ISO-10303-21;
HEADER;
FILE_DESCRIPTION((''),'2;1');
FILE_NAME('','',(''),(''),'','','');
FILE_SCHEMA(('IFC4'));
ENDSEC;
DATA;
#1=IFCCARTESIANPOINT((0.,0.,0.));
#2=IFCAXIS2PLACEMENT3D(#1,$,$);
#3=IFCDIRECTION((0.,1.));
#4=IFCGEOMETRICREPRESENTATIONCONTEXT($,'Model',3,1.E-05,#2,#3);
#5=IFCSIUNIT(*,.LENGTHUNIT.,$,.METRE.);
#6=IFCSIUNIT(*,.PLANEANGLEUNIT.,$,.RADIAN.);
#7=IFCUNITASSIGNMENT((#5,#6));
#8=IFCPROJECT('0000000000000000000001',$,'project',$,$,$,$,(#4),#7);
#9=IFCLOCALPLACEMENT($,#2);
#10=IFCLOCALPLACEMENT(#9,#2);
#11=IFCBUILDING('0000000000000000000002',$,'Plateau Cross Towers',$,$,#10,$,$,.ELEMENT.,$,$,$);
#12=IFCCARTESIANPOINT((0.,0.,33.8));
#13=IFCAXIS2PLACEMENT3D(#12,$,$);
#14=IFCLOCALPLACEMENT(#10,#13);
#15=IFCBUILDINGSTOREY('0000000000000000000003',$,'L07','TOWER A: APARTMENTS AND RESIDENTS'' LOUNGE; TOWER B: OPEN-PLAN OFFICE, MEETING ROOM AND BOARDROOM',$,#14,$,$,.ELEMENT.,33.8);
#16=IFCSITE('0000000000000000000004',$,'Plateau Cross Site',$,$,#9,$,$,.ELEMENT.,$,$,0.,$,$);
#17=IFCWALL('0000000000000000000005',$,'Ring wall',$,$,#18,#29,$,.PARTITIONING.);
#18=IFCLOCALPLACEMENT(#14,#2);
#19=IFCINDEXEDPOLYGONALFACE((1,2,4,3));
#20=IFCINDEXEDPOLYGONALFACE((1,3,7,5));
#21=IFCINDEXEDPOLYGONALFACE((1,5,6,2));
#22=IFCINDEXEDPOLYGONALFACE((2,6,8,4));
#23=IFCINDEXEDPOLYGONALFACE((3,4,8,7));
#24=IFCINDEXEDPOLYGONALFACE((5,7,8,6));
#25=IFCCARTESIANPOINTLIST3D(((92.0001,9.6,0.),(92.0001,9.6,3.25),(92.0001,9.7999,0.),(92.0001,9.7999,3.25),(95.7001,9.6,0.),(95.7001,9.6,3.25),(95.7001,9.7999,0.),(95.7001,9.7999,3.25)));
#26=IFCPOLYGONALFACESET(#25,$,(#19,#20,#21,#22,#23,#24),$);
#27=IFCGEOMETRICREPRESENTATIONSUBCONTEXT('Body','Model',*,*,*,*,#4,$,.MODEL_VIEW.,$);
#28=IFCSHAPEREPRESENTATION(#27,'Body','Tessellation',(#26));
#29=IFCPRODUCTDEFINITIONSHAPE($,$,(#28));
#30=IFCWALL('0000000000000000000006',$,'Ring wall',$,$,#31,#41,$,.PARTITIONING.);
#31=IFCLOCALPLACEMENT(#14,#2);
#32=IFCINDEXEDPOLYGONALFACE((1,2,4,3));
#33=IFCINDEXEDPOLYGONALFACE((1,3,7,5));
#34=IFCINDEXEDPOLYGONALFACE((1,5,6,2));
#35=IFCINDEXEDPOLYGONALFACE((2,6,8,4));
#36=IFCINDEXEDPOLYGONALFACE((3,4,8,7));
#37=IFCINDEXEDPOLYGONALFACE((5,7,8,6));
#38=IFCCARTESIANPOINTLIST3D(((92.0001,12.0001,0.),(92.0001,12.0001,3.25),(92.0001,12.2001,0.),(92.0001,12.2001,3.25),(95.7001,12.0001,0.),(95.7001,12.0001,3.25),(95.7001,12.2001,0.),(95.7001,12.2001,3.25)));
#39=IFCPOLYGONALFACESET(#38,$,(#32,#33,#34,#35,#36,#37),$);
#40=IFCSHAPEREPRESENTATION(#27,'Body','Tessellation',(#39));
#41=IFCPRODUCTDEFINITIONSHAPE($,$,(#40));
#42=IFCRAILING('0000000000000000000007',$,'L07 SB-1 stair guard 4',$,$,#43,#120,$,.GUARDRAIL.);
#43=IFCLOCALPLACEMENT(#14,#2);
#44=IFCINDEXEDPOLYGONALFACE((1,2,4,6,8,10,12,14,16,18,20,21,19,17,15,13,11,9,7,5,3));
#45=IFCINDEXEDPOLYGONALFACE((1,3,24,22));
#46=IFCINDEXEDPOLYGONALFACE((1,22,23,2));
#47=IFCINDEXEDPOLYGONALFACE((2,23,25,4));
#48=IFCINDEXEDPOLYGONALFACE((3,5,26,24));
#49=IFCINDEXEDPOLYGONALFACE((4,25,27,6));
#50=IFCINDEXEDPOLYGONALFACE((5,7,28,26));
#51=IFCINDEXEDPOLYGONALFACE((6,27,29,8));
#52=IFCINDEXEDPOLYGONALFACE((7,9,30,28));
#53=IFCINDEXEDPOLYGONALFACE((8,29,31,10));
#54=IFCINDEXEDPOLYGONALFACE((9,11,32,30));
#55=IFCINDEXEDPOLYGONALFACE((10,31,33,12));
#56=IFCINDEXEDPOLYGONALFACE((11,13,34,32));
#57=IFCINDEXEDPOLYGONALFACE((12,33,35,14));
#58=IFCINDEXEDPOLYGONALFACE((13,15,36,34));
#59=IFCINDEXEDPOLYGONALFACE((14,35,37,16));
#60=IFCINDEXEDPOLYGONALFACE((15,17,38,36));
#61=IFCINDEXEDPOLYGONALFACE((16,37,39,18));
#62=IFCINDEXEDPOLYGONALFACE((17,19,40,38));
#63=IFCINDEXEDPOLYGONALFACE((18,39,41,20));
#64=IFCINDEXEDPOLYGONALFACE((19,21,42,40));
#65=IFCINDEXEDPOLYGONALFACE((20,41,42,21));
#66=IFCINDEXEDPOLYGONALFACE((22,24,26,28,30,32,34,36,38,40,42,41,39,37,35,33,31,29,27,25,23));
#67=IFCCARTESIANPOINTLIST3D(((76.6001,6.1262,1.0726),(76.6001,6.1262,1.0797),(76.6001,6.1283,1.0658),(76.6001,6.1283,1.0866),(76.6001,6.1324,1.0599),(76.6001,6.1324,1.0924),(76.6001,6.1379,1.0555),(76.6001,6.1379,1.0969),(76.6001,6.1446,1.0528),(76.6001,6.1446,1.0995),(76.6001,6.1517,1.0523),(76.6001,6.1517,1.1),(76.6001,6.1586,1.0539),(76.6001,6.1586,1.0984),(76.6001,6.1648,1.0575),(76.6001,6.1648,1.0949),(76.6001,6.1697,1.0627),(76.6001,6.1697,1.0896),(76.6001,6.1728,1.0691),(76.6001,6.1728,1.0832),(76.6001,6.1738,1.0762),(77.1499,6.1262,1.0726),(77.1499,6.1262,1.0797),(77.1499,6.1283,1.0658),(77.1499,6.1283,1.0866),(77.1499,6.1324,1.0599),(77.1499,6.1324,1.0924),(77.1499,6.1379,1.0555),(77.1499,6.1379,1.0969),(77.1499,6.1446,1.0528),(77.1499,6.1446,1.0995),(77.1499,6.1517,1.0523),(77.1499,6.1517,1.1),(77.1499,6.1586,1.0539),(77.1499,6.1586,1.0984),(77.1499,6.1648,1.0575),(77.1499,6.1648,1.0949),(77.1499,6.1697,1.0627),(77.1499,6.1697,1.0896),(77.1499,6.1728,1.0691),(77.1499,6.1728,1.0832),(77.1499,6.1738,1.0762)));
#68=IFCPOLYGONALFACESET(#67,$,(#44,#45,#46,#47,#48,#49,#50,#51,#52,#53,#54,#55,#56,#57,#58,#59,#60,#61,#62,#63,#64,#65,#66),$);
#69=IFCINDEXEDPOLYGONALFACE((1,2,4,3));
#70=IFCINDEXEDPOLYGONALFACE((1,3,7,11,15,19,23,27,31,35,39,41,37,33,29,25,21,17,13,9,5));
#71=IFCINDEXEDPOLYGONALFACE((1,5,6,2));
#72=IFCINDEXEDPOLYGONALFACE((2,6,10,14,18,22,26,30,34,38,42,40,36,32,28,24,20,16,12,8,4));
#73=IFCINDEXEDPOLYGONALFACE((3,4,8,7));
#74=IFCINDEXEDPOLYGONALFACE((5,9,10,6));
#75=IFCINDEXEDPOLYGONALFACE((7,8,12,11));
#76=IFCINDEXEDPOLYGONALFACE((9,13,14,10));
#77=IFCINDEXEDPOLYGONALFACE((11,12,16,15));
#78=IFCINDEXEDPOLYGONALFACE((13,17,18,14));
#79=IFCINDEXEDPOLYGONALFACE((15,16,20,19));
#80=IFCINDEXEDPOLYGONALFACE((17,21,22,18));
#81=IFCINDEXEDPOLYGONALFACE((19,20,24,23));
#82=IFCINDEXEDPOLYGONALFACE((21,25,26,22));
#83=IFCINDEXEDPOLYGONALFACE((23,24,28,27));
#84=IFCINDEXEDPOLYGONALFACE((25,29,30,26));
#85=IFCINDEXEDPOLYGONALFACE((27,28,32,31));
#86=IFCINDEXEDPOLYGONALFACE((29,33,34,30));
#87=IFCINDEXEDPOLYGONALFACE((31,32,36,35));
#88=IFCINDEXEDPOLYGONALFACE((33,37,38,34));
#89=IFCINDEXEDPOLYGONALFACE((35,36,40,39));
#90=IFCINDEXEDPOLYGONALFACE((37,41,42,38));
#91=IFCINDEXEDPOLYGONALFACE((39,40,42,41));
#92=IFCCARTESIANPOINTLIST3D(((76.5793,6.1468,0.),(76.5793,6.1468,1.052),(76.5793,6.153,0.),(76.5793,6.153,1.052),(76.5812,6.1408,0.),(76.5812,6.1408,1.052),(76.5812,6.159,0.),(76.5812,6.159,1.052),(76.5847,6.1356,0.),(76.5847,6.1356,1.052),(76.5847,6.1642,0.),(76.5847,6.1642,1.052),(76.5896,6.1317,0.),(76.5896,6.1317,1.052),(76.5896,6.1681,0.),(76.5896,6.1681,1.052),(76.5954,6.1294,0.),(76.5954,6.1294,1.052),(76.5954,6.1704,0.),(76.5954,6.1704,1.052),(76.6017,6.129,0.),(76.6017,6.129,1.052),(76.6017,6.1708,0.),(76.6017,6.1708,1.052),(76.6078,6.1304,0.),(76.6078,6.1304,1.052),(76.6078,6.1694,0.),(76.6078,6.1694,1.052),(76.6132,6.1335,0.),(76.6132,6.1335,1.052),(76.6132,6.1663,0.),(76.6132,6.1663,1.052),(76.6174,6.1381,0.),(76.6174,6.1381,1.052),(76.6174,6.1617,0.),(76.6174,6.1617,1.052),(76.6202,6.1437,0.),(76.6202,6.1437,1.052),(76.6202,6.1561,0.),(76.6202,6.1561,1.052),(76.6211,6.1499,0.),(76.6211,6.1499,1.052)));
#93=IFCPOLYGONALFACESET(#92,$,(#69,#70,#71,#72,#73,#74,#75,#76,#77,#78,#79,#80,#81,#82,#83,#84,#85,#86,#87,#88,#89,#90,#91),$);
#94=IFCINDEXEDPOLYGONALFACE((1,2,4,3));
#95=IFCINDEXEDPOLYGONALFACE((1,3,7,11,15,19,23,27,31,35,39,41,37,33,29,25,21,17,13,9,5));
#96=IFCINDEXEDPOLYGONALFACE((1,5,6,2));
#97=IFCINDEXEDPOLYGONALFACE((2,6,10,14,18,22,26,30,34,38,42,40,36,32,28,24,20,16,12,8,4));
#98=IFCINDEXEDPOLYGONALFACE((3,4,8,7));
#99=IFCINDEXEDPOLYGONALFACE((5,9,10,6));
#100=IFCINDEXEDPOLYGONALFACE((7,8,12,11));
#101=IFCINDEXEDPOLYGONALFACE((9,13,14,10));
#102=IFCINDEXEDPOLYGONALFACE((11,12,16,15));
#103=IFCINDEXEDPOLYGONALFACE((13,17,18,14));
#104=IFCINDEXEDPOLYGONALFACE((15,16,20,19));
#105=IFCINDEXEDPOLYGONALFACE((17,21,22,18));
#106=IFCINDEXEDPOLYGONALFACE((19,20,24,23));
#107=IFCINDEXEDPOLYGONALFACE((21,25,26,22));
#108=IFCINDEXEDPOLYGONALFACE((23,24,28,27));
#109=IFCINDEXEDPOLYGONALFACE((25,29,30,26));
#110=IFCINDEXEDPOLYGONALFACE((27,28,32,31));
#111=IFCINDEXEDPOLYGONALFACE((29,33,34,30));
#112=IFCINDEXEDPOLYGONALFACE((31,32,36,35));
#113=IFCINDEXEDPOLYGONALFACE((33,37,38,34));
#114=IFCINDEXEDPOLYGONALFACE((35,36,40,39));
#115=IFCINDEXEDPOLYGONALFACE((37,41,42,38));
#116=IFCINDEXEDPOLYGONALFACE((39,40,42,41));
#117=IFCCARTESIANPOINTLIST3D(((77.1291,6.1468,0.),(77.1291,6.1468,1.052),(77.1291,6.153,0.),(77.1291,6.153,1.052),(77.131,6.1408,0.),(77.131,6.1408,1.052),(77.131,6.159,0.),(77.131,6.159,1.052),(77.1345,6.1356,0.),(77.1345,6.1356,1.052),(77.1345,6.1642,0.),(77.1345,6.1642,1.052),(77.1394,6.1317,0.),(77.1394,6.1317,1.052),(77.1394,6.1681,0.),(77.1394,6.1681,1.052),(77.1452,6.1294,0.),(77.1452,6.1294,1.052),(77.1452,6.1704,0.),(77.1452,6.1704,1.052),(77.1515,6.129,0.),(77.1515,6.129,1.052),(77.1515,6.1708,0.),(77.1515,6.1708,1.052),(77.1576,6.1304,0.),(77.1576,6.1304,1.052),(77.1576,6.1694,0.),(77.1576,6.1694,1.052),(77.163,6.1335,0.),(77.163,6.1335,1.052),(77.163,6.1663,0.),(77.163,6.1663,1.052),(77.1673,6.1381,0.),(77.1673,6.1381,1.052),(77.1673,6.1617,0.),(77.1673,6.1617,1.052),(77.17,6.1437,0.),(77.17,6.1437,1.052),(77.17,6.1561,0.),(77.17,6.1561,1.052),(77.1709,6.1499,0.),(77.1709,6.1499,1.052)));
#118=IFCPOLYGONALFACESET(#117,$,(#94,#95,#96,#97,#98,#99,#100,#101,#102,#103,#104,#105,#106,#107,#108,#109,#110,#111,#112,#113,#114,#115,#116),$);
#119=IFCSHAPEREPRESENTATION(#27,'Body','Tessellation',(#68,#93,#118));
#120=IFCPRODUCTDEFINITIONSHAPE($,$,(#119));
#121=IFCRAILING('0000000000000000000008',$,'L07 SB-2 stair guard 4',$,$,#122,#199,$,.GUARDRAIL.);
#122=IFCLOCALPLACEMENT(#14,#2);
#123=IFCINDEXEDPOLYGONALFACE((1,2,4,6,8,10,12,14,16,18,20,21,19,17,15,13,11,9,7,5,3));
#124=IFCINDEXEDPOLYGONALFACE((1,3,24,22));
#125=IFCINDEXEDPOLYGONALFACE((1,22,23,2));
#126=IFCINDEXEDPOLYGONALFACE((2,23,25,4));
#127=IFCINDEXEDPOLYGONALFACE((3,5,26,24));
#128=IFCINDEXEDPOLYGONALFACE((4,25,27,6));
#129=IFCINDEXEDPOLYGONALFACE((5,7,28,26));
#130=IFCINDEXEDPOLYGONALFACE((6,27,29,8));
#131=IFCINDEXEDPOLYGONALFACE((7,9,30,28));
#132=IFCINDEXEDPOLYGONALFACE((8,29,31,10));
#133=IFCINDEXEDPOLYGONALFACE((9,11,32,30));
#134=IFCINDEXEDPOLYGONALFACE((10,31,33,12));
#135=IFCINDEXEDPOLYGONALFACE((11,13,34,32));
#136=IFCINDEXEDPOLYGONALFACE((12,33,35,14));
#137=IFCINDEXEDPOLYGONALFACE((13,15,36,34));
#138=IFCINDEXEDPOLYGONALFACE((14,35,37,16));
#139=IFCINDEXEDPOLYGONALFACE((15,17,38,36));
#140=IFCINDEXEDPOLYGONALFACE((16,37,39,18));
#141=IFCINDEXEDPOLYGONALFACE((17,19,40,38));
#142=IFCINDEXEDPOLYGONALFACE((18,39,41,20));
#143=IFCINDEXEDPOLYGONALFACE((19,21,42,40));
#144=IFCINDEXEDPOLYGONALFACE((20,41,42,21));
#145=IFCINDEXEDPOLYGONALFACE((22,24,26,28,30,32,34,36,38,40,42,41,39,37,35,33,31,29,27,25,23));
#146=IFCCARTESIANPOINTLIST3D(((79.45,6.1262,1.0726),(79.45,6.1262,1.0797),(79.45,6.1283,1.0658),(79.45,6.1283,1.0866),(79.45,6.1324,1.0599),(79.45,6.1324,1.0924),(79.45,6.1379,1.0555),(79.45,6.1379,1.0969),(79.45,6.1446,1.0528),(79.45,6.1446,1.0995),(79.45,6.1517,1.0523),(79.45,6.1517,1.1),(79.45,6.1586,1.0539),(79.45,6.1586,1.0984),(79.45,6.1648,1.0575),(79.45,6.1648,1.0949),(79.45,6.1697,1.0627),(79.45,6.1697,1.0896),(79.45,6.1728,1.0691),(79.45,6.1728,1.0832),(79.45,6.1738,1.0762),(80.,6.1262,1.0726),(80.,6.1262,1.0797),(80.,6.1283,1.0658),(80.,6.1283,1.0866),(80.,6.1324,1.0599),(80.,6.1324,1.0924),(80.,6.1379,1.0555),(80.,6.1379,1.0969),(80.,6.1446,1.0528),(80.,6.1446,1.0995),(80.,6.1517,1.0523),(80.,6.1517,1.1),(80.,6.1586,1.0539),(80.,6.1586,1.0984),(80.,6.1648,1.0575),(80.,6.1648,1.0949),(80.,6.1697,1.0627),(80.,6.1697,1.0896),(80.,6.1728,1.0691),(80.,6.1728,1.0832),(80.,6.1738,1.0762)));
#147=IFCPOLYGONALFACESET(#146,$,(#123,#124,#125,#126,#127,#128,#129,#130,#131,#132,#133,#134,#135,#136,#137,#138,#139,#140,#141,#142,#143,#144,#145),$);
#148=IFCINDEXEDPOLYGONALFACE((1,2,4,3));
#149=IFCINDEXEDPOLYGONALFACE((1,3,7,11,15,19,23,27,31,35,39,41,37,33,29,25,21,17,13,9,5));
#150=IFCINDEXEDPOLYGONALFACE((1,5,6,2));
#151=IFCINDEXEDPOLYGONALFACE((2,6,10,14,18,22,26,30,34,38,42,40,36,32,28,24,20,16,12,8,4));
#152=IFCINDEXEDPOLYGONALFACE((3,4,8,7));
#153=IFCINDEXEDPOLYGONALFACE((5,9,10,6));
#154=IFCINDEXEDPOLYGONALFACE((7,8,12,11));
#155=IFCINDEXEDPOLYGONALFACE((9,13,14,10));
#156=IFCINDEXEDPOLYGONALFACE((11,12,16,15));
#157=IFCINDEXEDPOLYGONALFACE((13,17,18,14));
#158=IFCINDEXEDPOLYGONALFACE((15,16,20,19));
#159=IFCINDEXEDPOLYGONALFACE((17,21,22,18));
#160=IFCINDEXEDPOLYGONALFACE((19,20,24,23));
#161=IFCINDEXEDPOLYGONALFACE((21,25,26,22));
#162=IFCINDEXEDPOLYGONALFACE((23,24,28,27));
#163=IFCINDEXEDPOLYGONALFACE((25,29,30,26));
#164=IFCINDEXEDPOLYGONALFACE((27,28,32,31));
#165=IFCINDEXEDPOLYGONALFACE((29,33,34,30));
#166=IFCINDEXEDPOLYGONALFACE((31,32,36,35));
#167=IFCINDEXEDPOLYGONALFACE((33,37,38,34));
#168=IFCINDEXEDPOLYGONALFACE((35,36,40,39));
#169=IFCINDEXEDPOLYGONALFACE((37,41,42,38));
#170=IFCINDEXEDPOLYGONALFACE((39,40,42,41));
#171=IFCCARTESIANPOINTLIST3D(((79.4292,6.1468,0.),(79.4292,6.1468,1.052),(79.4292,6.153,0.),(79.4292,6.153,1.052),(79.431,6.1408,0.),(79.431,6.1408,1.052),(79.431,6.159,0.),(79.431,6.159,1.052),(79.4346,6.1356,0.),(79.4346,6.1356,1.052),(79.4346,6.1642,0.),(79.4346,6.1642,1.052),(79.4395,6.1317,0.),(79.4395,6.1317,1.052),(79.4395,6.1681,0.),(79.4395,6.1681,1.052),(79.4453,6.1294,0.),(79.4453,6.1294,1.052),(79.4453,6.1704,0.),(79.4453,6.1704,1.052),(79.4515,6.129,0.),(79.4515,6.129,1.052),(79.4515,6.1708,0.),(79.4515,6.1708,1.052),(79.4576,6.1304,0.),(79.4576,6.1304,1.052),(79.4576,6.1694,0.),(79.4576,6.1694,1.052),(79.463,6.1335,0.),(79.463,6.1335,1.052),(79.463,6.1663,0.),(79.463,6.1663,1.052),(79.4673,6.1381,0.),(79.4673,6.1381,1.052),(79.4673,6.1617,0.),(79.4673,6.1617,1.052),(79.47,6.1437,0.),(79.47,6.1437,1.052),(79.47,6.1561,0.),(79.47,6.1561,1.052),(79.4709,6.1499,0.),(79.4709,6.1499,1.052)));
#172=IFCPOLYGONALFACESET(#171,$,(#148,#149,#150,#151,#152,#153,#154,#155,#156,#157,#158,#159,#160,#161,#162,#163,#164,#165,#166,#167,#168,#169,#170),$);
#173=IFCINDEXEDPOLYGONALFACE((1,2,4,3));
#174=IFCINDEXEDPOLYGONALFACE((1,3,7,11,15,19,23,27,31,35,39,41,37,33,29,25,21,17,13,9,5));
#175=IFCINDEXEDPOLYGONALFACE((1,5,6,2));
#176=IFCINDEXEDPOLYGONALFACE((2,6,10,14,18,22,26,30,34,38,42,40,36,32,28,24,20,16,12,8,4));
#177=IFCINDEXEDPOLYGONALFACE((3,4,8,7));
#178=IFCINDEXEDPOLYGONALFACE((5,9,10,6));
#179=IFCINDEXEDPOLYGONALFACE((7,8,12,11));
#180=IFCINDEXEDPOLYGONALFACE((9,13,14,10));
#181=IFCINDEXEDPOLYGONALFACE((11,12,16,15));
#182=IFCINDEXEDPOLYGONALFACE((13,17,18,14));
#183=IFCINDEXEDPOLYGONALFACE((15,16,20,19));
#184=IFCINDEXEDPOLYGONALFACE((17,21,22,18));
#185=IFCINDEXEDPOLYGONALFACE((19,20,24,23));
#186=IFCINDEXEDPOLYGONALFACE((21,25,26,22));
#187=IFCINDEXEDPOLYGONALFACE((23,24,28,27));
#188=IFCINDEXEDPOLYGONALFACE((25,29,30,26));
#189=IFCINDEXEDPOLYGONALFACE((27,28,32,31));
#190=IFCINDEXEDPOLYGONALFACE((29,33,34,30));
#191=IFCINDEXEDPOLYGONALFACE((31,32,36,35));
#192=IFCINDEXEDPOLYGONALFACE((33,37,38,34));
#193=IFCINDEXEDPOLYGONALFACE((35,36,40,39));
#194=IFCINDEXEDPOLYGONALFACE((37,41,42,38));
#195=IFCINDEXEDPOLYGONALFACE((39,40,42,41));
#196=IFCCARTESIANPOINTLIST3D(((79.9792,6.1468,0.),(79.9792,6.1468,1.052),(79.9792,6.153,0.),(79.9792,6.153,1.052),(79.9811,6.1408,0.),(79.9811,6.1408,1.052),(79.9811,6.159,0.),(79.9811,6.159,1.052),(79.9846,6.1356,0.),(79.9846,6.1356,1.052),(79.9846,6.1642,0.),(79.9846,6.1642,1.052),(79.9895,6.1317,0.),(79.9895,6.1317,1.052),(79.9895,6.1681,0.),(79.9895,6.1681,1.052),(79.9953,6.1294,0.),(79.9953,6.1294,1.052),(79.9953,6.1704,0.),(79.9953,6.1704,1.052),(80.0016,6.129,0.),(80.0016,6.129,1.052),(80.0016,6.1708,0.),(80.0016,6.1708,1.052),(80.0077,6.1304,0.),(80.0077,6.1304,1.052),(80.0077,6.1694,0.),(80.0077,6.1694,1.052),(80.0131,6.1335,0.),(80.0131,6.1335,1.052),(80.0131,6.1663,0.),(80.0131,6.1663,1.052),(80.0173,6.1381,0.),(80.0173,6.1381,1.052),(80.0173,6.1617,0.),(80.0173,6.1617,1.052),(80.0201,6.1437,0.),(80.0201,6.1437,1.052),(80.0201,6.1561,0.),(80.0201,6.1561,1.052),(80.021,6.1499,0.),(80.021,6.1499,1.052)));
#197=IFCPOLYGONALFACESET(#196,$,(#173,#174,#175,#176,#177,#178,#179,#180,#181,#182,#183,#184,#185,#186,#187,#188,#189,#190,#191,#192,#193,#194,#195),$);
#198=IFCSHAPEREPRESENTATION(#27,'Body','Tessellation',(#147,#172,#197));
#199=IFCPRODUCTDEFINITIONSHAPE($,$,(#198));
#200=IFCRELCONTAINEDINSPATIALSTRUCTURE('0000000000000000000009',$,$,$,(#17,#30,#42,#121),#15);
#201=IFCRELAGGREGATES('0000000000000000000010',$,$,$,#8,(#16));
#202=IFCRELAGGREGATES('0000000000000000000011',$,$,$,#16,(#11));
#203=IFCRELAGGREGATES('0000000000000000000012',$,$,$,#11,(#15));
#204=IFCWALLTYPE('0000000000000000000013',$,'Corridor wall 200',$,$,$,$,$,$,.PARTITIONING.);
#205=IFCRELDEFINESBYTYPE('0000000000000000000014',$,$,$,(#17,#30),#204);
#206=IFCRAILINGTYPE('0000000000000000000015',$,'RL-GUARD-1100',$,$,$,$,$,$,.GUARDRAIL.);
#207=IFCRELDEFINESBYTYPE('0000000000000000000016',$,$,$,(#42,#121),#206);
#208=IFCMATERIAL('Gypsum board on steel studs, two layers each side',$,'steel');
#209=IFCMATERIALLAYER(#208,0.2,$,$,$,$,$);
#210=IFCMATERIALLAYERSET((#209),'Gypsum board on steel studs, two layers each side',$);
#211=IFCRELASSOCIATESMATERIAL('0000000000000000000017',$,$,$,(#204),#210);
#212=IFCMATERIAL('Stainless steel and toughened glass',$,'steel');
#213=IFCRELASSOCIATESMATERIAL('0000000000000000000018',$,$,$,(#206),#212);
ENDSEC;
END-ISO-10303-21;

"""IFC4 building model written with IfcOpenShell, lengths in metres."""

from ifc_helpers import new_model, si_unit, direction, frame, frame_2d, origin, origin_2d, place, context, subcontext, project, spatial, rectangle, circle, extrude, material, layer, layer_set, type_object, element, save


model = new_model("IFC4")

# Units and contexts
model_context = context("Model", 3, precision=1e-05, world=origin(), true_north=direction((0.0, 1.0)))
body_context = subcontext(model_context, "Body", "Model", "MODEL_VIEW")
ifc_project = project(units=[si_unit("LENGTHUNIT", "METRE"), si_unit("PLANEANGLEUNIT", "RADIAN")], contexts=[model_context])

# Site, building, storey
site_placement = place(None, origin())
site = spatial("IfcSite", under=ifc_project, at=site_placement, Name="Plateau Cross Site", CompositionType="ELEMENT", RefElevation=0.0)
building_placement = place(site_placement, origin())
building = spatial("IfcBuilding", under=site, at=building_placement, Name="Plateau Cross Towers", CompositionType="ELEMENT")
storey_placement = place(building_placement, frame((0.0, 0.0, 33.8)))
storey = spatial("IfcBuildingStorey", under=building, at=storey_placement, Name="L07", Description="TOWER A: APARTMENTS AND RESIDENTS' LOUNGE; TOWER B: OPEN-PLAN OFFICE, MEETING ROOM AND BOARDROOM", CompositionType="ELEMENT", Elevation=33.8)

# Shared definitions
ifc_material_1 = material(Name="Gypsum board on steel studs, two layers each side", Category="steel")
ifc_layer_1 = layer(ifc_material_1, 0.2)
ifc_layer_set_1 = layer_set([ifc_layer_1], Name="Gypsum board on steel studs, two layers each side")
wall_type_1 = type_object("IfcWallType", Name="Corridor wall 200", PredefinedType="PARTITIONING", material=ifc_layer_set_1)

# Walls
for number, where, z_axis, x_axis, name in (
    (1, (92.0, 9.7, 0.0), (0.0, 0.0, 1.0), (1.0, 0.0, 0.0), "Ring wall"),
    (2, (92.0, 12.1001, 0.0), (0.0, 0.0, 1.0), (1.0, 0.0, 0.0), "Ring wall"),
):
    element("IfcWall", number, at=place(storey_placement, frame(where, z_axis=z_axis, x_axis=x_axis)), inside=storey, type_object=wall_type_1, Name=name, PredefinedType="PARTITIONING", context=body_context, shape_type="SweptSolid", body=[
        extrude(rectangle(XDim=3.7, YDim=0.2, at=frame_2d((1.8501, 0.0))), origin(), (0.0, 0.0, 1.0), 3.25),
    ])

# Railings
ifc_material_2 = material(Name="Stainless steel and toughened glass", Category="steel")
railing_type = type_object("IfcRailingType", Name="RL-GUARD-1100", PredefinedType="GUARDRAIL", material=ifc_material_2)
railing_1_placement = place(storey_placement, frame((76.6001, 6.1499, 0.0)))
element("IfcRailing", 3, at=railing_1_placement, inside=storey, type_object=railing_type, Name="L07 SB-1 stair guard 4", PredefinedType="GUARDRAIL", context=body_context, shape_type="SweptSolid", body=[
    extrude(circle(Radius=0.0239, at=origin_2d()), frame((0.0, 0.0, 1.0762), z_axis=(1.0, 0.0, 0.0), x_axis=(0.0, 1.0, 0.0)), (0.0, 0.0, 1.0), 0.5498),
    extrude(circle(Radius=0.021, at=origin_2d()), origin(), (0.0, 0.0, 1.0), 1.052),
    extrude(circle(Radius=0.021, at=origin_2d()), frame((0.5498, 0.0, 0.0)), (0.0, 0.0, 1.0), 1.052),
])
railing_2_placement = place(storey_placement, frame((79.45, 6.1499, 0.0)))
element("IfcRailing", 4, at=railing_2_placement, inside=storey, type_object=railing_type, Name="L07 SB-2 stair guard 4", PredefinedType="GUARDRAIL", context=body_context, shape_type="SweptSolid", body=[
    extrude(circle(Radius=0.0239, at=origin_2d()), frame((0.0, 0.0, 1.0762), z_axis=(1.0, 0.0, 0.0), x_axis=(0.0, 1.0, 0.0)), (0.0, 0.0, 1.0), 0.55),
    extrude(circle(Radius=0.021, at=origin_2d()), origin(), (0.0, 0.0, 1.0), 1.052),
    extrude(circle(Radius=0.021, at=origin_2d()), frame((0.55, 0.0, 0.0)), (0.0, 0.0, 1.0), 1.052),
])

save(model, "model.ifc")
